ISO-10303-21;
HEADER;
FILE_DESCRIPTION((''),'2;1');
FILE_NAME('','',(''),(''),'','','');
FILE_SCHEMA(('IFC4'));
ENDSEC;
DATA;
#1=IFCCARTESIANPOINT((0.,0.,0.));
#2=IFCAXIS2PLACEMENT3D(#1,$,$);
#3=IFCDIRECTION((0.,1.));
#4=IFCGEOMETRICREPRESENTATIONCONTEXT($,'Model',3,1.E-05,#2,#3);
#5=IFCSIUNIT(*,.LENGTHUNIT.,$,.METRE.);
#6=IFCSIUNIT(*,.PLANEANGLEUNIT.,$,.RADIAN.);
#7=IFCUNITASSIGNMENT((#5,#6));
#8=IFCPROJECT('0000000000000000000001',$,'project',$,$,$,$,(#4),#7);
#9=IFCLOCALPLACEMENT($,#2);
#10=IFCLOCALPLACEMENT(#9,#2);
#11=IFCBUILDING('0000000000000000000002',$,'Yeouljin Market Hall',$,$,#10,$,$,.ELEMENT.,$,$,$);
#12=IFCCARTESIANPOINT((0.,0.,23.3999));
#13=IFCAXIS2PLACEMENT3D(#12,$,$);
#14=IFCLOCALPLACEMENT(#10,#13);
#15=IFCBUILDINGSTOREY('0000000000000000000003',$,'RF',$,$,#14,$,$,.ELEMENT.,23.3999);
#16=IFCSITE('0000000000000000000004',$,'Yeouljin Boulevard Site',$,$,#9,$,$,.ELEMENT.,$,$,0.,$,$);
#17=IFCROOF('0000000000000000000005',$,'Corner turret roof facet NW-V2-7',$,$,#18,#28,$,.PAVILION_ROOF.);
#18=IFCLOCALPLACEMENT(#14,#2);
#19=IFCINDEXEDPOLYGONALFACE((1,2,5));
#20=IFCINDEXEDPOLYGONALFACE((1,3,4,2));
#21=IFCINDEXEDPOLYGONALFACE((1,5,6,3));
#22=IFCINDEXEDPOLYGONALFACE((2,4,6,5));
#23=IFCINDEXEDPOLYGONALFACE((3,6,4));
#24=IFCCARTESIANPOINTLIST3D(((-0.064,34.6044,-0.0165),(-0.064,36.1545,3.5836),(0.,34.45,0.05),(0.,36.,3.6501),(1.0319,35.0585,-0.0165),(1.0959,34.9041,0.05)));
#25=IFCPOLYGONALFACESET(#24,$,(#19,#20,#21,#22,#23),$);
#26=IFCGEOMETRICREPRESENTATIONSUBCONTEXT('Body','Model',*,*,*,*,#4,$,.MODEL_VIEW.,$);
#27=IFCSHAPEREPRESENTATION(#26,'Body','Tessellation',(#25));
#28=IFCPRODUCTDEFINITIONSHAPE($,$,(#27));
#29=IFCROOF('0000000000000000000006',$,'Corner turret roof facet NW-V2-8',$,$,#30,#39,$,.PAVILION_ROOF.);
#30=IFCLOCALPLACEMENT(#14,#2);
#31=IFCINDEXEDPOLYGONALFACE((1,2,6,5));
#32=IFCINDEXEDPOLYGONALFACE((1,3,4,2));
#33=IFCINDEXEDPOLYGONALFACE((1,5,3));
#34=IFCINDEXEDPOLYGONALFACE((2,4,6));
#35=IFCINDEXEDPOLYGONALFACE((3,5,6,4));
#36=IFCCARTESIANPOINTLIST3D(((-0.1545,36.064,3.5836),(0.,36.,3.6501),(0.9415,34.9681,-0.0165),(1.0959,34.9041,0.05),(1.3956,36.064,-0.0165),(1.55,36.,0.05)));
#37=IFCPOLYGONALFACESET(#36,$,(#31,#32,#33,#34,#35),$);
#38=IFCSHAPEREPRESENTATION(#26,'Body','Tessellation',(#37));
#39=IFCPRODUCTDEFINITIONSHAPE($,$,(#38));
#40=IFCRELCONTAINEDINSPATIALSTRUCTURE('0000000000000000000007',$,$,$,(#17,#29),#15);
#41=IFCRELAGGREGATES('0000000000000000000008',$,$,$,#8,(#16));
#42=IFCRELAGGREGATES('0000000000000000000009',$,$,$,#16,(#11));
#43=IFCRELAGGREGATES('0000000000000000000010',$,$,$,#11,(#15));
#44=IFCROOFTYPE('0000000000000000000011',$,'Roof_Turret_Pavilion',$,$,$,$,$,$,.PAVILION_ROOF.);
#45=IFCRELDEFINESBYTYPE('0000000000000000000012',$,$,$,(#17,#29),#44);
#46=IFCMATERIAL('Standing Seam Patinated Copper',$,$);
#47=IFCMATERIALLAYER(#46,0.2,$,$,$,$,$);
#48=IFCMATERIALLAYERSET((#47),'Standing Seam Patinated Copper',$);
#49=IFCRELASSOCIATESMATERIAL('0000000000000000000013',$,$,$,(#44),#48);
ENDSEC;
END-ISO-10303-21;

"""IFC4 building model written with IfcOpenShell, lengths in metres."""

from ifc_helpers import new_model, si_unit, direction, frame, origin, place, context, subcontext, project, spatial, polyline, outline, extrude, material, layer, layer_set, type_object, element, save


model = new_model("IFC4")

# Units and contexts
model_context = context("Model", 3, precision=1e-05, world=origin(), true_north=direction((0.0, 1.0)))
body_context = subcontext(model_context, "Body", "Model", "MODEL_VIEW")
ifc_project = project(units=[si_unit("LENGTHUNIT", "METRE"), si_unit("PLANEANGLEUNIT", "RADIAN")], contexts=[model_context])

# Site, building, storey
site_placement = place(None, origin())
site = spatial("IfcSite", under=ifc_project, at=site_placement, Name="Yeouljin Boulevard Site", CompositionType="ELEMENT", RefElevation=0.0)
building_placement = place(site_placement, origin())
building = spatial("IfcBuilding", under=site, at=building_placement, Name="Yeouljin Market Hall", CompositionType="ELEMENT")
storey_placement = place(building_placement, frame((0.0, 0.0, 23.3999)))
storey = spatial("IfcBuildingStorey", under=building, at=storey_placement, Name="RF", CompositionType="ELEMENT", Elevation=23.3999)

# Roofs
ifc_material_1 = material(Name="Standing Seam Patinated Copper")
ifc_layer_1 = layer(ifc_material_1, 0.2)
ifc_layer_set_1 = layer_set([ifc_layer_1], Name="Standing Seam Patinated Copper")
roof_type_1 = type_object("IfcRoofType", Name="Roof_Turret_Pavilion", PredefinedType="PAVILION_ROOF", material=ifc_layer_set_1)
roof_1_placement = place(storey_placement, frame((0.0, 36.0, 3.6501), z_axis=(0.355683, -0.858421, 0.369599), x_axis=(0.0, -0.39546, -0.918483)))
element("IfcRoof", 1, at=roof_1_placement, inside=storey, type_object=roof_type_1, Name="Corner turret roof facet NW-V2-7", PredefinedType="PAVILION_ROOF", context=body_context, shape_type="SweptSolid", body=[
    extrude(outline(polyline([(0.0, 0.0), (3.9196, 0.0), (3.74, 1.1726), (0.0, 0.0)])), origin(), (0.0, 0.0, -1.0), 0.1799),
])
roof_2_placement = place(storey_placement, frame((0.0, 36.0, 3.6501), z_axis=(0.858421, -0.355683, 0.369599), x_axis=(0.27961, -0.27961, -0.918497)))
element("IfcRoof", 2, at=roof_2_placement, inside=storey, type_object=roof_type_1, Name="Corner turret roof facet NW-V2-8", PredefinedType="PAVILION_ROOF", context=body_context, shape_type="SweptSolid", body=[
    extrude(outline(polyline([(0.0, 0.0), (3.9196, 0.0), (3.7401, 1.1726), (0.0, 0.0)])), origin(), (0.0, 0.0, -1.0), 0.1799),
])

save(model, "model.ifc")
